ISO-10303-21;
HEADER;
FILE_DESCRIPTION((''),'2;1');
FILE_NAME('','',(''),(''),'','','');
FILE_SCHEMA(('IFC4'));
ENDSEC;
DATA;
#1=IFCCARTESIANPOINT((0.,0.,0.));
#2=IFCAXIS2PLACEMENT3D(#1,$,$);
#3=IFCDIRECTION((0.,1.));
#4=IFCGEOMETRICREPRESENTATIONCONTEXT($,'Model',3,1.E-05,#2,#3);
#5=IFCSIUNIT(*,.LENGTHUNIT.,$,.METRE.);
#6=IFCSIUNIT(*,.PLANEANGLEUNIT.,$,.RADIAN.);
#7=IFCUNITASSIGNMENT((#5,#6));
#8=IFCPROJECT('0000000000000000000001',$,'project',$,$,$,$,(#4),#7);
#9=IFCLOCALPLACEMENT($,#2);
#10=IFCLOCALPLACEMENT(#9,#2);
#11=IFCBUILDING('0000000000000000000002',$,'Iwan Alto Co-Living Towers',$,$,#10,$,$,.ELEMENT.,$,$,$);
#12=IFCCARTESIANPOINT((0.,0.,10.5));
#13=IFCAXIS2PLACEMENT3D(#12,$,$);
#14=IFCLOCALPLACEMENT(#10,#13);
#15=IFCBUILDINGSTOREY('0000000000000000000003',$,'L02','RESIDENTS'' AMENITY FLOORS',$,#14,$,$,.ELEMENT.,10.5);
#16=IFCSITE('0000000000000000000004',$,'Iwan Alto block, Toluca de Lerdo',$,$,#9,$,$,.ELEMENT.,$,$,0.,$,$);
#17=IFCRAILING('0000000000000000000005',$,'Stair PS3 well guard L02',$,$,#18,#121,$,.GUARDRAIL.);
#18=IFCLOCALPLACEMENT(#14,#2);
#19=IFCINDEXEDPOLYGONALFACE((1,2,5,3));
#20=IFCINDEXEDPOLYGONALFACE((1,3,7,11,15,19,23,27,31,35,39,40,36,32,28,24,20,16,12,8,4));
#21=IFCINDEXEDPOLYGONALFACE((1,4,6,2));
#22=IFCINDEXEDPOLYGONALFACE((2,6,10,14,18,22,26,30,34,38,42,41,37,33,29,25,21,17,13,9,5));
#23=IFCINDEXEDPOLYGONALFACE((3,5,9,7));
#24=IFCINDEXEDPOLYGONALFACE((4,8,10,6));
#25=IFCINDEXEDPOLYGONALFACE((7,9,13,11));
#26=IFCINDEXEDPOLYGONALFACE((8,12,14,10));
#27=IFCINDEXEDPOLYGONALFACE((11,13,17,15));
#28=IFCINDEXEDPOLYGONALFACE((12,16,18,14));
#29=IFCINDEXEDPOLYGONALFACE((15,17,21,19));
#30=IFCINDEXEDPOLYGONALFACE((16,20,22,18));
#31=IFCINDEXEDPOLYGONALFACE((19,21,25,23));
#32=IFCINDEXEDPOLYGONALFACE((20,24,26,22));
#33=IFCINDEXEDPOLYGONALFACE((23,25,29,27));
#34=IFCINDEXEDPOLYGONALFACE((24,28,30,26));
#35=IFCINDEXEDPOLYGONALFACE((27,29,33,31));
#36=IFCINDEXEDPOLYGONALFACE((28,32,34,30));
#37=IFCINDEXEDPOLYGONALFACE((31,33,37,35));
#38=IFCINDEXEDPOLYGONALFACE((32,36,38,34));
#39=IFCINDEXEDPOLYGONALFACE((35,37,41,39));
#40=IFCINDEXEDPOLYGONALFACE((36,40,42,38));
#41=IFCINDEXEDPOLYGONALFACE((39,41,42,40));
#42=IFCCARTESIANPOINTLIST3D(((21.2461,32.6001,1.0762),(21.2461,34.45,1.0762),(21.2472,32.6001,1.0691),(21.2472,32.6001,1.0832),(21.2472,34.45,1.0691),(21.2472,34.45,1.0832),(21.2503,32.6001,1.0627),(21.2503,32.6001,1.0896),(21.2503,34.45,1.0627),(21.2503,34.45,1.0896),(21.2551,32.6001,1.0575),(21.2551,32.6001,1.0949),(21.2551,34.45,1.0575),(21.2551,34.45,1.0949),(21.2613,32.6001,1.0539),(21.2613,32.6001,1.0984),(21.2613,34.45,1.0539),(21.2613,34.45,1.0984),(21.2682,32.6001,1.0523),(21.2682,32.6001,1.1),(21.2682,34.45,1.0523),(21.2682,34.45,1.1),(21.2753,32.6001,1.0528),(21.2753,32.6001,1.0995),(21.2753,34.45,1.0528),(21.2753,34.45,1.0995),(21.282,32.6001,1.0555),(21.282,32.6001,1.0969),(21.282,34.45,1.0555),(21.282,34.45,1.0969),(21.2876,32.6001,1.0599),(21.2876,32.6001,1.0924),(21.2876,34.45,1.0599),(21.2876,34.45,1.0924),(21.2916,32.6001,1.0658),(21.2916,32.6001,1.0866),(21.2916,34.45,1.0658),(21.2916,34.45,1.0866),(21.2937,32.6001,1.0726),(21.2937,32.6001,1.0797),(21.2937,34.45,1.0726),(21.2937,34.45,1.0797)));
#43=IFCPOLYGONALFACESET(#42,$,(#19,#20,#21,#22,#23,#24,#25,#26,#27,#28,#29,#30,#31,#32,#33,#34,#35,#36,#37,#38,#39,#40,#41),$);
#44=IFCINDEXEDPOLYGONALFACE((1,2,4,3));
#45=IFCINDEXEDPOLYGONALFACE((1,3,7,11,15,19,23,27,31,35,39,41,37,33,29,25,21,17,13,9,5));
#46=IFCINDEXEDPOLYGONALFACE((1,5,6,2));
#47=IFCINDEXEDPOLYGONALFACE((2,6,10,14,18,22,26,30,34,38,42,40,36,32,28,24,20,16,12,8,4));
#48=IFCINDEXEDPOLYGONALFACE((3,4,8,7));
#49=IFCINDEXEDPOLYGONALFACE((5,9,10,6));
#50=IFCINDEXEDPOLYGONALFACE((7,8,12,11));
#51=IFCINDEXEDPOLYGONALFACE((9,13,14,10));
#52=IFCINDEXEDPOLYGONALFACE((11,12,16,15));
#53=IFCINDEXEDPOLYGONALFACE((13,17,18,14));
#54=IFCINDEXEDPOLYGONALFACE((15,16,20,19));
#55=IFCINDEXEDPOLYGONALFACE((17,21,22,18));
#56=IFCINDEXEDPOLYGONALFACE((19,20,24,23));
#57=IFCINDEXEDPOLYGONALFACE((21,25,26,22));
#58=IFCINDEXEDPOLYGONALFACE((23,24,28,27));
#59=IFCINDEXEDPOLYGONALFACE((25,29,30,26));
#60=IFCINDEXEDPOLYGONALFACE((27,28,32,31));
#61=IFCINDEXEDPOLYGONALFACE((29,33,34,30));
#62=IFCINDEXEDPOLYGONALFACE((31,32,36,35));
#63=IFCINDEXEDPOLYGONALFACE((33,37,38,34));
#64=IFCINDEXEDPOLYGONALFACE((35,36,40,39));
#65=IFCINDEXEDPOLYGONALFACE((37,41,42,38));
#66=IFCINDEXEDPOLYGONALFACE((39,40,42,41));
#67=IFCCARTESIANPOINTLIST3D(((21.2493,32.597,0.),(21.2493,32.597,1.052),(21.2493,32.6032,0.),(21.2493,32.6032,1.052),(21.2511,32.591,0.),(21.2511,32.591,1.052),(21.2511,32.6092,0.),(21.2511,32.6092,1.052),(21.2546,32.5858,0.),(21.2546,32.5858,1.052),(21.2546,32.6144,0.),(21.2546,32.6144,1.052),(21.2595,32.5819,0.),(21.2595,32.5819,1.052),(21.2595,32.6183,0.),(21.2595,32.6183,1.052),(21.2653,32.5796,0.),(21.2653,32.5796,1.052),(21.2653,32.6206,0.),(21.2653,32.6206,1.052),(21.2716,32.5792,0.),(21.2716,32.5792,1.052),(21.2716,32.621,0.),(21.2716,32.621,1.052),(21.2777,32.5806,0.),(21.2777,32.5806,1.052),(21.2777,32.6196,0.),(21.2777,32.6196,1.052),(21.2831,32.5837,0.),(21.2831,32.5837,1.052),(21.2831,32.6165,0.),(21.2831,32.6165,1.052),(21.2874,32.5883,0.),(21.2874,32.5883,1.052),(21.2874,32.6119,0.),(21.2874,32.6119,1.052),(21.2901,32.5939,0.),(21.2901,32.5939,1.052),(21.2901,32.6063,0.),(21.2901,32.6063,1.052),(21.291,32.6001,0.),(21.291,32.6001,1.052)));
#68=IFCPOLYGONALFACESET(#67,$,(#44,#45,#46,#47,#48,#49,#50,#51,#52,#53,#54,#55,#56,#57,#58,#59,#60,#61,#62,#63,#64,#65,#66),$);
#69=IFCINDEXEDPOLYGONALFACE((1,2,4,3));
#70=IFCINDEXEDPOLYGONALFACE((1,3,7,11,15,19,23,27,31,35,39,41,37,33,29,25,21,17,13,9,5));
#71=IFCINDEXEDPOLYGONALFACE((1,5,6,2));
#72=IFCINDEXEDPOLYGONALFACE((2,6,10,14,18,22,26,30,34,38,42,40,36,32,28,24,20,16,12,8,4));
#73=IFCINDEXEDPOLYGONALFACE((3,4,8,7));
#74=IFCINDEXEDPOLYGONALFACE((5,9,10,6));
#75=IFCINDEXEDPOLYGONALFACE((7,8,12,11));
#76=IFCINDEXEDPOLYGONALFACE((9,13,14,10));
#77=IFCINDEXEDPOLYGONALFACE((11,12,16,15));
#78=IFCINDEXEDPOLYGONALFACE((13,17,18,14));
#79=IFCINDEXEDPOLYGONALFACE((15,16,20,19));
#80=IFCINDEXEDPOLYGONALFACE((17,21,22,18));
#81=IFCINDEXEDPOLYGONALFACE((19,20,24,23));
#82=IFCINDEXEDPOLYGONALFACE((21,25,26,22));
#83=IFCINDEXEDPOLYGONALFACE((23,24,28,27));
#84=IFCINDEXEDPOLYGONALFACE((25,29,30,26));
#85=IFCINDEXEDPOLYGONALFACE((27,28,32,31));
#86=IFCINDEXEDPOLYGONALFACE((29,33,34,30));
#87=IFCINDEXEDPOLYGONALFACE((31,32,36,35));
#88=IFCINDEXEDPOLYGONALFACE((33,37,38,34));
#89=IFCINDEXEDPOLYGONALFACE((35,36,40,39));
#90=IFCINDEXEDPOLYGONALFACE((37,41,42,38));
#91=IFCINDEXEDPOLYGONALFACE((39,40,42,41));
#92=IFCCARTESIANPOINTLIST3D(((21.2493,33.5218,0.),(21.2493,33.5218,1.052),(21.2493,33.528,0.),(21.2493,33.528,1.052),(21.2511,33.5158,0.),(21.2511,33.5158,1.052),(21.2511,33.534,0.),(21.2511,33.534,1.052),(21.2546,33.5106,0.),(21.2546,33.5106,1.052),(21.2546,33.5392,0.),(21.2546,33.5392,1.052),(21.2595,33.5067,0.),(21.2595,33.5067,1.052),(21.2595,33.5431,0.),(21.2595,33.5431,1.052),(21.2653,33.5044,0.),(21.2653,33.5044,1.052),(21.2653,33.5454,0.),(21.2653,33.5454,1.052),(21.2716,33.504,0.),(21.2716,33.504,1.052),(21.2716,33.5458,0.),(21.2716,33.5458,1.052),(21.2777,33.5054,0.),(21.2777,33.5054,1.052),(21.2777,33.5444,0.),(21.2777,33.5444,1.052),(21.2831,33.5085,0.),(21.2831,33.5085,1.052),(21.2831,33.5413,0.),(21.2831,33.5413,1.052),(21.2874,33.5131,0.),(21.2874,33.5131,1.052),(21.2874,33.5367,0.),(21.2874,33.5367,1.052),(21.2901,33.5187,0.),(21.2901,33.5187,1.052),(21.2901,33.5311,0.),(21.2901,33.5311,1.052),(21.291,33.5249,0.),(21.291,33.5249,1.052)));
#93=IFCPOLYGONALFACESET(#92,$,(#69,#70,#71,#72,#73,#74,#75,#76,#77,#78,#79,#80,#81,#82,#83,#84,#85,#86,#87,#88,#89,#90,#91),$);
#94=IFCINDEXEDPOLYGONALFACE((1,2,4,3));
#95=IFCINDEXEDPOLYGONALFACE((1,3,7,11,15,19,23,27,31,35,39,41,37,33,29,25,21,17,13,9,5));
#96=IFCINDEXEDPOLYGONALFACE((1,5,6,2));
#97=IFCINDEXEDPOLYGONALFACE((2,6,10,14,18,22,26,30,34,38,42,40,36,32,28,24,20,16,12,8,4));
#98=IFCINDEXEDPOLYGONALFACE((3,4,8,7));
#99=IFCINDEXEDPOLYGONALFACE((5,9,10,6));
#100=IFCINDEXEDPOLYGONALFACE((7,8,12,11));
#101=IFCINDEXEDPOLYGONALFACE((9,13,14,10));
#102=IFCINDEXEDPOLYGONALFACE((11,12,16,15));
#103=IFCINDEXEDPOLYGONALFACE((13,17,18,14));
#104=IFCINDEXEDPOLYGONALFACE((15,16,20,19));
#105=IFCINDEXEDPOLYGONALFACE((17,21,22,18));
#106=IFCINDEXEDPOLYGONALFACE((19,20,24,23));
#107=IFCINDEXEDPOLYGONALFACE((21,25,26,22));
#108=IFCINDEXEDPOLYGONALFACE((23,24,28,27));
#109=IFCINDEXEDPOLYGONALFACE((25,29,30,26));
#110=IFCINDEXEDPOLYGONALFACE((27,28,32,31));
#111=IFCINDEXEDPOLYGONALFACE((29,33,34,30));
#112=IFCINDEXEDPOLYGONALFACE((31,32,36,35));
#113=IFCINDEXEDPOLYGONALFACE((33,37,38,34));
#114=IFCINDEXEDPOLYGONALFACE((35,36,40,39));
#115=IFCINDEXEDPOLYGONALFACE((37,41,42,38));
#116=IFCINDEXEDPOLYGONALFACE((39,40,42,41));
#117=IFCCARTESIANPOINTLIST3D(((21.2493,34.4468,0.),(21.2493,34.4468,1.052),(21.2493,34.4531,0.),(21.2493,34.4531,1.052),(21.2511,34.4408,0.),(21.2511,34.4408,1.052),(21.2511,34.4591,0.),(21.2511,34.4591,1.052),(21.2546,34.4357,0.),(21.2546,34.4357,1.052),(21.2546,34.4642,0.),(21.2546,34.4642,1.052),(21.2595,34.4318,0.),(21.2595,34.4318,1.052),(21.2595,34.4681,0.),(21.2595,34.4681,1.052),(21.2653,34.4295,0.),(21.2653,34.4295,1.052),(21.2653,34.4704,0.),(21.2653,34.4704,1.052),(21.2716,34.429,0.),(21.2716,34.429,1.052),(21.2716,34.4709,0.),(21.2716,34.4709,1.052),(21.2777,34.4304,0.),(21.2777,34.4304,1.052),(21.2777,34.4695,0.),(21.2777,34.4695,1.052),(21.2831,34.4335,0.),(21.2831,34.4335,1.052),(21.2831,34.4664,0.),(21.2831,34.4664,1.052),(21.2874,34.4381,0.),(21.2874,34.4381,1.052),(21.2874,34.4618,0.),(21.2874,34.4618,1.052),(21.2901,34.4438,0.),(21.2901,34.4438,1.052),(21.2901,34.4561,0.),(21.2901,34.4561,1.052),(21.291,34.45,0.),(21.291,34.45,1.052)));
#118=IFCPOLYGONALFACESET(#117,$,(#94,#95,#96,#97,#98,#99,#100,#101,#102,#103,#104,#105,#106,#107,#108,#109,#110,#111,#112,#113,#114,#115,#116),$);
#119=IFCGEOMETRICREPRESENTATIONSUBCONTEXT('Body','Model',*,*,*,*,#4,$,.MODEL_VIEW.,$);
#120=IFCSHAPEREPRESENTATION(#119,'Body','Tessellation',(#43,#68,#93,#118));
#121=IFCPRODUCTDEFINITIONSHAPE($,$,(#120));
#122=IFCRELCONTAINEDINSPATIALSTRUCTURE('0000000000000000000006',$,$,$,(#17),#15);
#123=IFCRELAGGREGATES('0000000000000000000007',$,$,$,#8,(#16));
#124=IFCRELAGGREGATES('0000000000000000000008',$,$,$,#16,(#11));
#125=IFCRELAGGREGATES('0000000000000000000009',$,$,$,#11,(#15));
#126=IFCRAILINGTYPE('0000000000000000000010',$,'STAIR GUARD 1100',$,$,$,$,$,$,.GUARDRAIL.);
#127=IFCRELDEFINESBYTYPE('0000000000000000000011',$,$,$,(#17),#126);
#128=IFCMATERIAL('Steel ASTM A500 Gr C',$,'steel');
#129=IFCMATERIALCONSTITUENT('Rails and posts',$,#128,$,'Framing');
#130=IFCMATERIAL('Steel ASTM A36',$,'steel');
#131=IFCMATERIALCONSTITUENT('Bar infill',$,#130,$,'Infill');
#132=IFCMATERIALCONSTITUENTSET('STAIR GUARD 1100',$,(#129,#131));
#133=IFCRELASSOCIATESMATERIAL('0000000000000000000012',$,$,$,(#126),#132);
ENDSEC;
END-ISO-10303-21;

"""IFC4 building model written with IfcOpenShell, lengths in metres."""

from ifc_helpers import new_model, si_unit, direction, frame, origin, origin_2d, place, context, subcontext, project, spatial, circle, extrude, material, constituent, constituent_set, type_object, element, save


model = new_model("IFC4")

# Units and contexts
model_context = context("Model", 3, precision=1e-05, world=origin(), true_north=direction((0.0, 1.0)))
body_context = subcontext(model_context, "Body", "Model", "MODEL_VIEW")
ifc_project = project(units=[si_unit("LENGTHUNIT", "METRE"), si_unit("PLANEANGLEUNIT", "RADIAN")], contexts=[model_context])

# Site, building, storey
site_placement = place(None, origin())
site = spatial("IfcSite", under=ifc_project, at=site_placement, Name="Iwan Alto block, Toluca de Lerdo", CompositionType="ELEMENT", RefElevation=0.0)
building_placement = place(site_placement, origin())
building = spatial("IfcBuilding", under=site, at=building_placement, Name="Iwan Alto Co-Living Towers", CompositionType="ELEMENT")
storey_placement = place(building_placement, frame((0.0, 0.0, 10.5)))
storey = spatial("IfcBuildingStorey", under=building, at=storey_placement, Name="L02", Description="RESIDENTS' AMENITY FLOORS", CompositionType="ELEMENT", Elevation=10.5)

# Railing
ifc_material_1 = material(Name="Steel ASTM A500 Gr C", Category="steel")
ifc_constituent_1 = constituent(ifc_material_1, Name="Rails and posts", Category="Framing")
ifc_material_2 = material(Name="Steel ASTM A36", Category="steel")
ifc_constituent_2 = constituent(ifc_material_2, Name="Bar infill", Category="Infill")
ifc_constituent_set = constituent_set(constituents=[ifc_constituent_1, ifc_constituent_2], Name="STAIR GUARD 1100")
railing_type = type_object("IfcRailingType", Name="STAIR GUARD 1100", PredefinedType="GUARDRAIL", material=ifc_constituent_set)
railing_placement = place(storey_placement, frame((21.27, 32.6001, 0.0)))
element("IfcRailing", 1, at=railing_placement, inside=storey, type_object=railing_type, Name="Stair PS3 well guard L02", PredefinedType="GUARDRAIL", context=body_context, shape_type="SweptSolid", body=[
    extrude(circle(Radius=0.0239, at=origin_2d()), frame((0.0, 0.0, 1.0762), z_axis=(0.0, 1.0, 0.0), x_axis=(-1.0, 0.0, 0.0)), (0.0, 0.0, 1.0), 1.8499),
    extrude(circle(Radius=0.021, at=origin_2d()), origin(), (0.0, 0.0, 1.0), 1.052),
    extrude(circle(Radius=0.021, at=origin_2d()), frame((0.0, 0.9248, 0.0)), (0.0, 0.0, 1.0), 1.052),
    extrude(circle(Radius=0.021, at=origin_2d()), frame((0.0, 1.8499, 0.0)), (0.0, 0.0, 1.0), 1.052),
])

save(model, "model.ifc")
